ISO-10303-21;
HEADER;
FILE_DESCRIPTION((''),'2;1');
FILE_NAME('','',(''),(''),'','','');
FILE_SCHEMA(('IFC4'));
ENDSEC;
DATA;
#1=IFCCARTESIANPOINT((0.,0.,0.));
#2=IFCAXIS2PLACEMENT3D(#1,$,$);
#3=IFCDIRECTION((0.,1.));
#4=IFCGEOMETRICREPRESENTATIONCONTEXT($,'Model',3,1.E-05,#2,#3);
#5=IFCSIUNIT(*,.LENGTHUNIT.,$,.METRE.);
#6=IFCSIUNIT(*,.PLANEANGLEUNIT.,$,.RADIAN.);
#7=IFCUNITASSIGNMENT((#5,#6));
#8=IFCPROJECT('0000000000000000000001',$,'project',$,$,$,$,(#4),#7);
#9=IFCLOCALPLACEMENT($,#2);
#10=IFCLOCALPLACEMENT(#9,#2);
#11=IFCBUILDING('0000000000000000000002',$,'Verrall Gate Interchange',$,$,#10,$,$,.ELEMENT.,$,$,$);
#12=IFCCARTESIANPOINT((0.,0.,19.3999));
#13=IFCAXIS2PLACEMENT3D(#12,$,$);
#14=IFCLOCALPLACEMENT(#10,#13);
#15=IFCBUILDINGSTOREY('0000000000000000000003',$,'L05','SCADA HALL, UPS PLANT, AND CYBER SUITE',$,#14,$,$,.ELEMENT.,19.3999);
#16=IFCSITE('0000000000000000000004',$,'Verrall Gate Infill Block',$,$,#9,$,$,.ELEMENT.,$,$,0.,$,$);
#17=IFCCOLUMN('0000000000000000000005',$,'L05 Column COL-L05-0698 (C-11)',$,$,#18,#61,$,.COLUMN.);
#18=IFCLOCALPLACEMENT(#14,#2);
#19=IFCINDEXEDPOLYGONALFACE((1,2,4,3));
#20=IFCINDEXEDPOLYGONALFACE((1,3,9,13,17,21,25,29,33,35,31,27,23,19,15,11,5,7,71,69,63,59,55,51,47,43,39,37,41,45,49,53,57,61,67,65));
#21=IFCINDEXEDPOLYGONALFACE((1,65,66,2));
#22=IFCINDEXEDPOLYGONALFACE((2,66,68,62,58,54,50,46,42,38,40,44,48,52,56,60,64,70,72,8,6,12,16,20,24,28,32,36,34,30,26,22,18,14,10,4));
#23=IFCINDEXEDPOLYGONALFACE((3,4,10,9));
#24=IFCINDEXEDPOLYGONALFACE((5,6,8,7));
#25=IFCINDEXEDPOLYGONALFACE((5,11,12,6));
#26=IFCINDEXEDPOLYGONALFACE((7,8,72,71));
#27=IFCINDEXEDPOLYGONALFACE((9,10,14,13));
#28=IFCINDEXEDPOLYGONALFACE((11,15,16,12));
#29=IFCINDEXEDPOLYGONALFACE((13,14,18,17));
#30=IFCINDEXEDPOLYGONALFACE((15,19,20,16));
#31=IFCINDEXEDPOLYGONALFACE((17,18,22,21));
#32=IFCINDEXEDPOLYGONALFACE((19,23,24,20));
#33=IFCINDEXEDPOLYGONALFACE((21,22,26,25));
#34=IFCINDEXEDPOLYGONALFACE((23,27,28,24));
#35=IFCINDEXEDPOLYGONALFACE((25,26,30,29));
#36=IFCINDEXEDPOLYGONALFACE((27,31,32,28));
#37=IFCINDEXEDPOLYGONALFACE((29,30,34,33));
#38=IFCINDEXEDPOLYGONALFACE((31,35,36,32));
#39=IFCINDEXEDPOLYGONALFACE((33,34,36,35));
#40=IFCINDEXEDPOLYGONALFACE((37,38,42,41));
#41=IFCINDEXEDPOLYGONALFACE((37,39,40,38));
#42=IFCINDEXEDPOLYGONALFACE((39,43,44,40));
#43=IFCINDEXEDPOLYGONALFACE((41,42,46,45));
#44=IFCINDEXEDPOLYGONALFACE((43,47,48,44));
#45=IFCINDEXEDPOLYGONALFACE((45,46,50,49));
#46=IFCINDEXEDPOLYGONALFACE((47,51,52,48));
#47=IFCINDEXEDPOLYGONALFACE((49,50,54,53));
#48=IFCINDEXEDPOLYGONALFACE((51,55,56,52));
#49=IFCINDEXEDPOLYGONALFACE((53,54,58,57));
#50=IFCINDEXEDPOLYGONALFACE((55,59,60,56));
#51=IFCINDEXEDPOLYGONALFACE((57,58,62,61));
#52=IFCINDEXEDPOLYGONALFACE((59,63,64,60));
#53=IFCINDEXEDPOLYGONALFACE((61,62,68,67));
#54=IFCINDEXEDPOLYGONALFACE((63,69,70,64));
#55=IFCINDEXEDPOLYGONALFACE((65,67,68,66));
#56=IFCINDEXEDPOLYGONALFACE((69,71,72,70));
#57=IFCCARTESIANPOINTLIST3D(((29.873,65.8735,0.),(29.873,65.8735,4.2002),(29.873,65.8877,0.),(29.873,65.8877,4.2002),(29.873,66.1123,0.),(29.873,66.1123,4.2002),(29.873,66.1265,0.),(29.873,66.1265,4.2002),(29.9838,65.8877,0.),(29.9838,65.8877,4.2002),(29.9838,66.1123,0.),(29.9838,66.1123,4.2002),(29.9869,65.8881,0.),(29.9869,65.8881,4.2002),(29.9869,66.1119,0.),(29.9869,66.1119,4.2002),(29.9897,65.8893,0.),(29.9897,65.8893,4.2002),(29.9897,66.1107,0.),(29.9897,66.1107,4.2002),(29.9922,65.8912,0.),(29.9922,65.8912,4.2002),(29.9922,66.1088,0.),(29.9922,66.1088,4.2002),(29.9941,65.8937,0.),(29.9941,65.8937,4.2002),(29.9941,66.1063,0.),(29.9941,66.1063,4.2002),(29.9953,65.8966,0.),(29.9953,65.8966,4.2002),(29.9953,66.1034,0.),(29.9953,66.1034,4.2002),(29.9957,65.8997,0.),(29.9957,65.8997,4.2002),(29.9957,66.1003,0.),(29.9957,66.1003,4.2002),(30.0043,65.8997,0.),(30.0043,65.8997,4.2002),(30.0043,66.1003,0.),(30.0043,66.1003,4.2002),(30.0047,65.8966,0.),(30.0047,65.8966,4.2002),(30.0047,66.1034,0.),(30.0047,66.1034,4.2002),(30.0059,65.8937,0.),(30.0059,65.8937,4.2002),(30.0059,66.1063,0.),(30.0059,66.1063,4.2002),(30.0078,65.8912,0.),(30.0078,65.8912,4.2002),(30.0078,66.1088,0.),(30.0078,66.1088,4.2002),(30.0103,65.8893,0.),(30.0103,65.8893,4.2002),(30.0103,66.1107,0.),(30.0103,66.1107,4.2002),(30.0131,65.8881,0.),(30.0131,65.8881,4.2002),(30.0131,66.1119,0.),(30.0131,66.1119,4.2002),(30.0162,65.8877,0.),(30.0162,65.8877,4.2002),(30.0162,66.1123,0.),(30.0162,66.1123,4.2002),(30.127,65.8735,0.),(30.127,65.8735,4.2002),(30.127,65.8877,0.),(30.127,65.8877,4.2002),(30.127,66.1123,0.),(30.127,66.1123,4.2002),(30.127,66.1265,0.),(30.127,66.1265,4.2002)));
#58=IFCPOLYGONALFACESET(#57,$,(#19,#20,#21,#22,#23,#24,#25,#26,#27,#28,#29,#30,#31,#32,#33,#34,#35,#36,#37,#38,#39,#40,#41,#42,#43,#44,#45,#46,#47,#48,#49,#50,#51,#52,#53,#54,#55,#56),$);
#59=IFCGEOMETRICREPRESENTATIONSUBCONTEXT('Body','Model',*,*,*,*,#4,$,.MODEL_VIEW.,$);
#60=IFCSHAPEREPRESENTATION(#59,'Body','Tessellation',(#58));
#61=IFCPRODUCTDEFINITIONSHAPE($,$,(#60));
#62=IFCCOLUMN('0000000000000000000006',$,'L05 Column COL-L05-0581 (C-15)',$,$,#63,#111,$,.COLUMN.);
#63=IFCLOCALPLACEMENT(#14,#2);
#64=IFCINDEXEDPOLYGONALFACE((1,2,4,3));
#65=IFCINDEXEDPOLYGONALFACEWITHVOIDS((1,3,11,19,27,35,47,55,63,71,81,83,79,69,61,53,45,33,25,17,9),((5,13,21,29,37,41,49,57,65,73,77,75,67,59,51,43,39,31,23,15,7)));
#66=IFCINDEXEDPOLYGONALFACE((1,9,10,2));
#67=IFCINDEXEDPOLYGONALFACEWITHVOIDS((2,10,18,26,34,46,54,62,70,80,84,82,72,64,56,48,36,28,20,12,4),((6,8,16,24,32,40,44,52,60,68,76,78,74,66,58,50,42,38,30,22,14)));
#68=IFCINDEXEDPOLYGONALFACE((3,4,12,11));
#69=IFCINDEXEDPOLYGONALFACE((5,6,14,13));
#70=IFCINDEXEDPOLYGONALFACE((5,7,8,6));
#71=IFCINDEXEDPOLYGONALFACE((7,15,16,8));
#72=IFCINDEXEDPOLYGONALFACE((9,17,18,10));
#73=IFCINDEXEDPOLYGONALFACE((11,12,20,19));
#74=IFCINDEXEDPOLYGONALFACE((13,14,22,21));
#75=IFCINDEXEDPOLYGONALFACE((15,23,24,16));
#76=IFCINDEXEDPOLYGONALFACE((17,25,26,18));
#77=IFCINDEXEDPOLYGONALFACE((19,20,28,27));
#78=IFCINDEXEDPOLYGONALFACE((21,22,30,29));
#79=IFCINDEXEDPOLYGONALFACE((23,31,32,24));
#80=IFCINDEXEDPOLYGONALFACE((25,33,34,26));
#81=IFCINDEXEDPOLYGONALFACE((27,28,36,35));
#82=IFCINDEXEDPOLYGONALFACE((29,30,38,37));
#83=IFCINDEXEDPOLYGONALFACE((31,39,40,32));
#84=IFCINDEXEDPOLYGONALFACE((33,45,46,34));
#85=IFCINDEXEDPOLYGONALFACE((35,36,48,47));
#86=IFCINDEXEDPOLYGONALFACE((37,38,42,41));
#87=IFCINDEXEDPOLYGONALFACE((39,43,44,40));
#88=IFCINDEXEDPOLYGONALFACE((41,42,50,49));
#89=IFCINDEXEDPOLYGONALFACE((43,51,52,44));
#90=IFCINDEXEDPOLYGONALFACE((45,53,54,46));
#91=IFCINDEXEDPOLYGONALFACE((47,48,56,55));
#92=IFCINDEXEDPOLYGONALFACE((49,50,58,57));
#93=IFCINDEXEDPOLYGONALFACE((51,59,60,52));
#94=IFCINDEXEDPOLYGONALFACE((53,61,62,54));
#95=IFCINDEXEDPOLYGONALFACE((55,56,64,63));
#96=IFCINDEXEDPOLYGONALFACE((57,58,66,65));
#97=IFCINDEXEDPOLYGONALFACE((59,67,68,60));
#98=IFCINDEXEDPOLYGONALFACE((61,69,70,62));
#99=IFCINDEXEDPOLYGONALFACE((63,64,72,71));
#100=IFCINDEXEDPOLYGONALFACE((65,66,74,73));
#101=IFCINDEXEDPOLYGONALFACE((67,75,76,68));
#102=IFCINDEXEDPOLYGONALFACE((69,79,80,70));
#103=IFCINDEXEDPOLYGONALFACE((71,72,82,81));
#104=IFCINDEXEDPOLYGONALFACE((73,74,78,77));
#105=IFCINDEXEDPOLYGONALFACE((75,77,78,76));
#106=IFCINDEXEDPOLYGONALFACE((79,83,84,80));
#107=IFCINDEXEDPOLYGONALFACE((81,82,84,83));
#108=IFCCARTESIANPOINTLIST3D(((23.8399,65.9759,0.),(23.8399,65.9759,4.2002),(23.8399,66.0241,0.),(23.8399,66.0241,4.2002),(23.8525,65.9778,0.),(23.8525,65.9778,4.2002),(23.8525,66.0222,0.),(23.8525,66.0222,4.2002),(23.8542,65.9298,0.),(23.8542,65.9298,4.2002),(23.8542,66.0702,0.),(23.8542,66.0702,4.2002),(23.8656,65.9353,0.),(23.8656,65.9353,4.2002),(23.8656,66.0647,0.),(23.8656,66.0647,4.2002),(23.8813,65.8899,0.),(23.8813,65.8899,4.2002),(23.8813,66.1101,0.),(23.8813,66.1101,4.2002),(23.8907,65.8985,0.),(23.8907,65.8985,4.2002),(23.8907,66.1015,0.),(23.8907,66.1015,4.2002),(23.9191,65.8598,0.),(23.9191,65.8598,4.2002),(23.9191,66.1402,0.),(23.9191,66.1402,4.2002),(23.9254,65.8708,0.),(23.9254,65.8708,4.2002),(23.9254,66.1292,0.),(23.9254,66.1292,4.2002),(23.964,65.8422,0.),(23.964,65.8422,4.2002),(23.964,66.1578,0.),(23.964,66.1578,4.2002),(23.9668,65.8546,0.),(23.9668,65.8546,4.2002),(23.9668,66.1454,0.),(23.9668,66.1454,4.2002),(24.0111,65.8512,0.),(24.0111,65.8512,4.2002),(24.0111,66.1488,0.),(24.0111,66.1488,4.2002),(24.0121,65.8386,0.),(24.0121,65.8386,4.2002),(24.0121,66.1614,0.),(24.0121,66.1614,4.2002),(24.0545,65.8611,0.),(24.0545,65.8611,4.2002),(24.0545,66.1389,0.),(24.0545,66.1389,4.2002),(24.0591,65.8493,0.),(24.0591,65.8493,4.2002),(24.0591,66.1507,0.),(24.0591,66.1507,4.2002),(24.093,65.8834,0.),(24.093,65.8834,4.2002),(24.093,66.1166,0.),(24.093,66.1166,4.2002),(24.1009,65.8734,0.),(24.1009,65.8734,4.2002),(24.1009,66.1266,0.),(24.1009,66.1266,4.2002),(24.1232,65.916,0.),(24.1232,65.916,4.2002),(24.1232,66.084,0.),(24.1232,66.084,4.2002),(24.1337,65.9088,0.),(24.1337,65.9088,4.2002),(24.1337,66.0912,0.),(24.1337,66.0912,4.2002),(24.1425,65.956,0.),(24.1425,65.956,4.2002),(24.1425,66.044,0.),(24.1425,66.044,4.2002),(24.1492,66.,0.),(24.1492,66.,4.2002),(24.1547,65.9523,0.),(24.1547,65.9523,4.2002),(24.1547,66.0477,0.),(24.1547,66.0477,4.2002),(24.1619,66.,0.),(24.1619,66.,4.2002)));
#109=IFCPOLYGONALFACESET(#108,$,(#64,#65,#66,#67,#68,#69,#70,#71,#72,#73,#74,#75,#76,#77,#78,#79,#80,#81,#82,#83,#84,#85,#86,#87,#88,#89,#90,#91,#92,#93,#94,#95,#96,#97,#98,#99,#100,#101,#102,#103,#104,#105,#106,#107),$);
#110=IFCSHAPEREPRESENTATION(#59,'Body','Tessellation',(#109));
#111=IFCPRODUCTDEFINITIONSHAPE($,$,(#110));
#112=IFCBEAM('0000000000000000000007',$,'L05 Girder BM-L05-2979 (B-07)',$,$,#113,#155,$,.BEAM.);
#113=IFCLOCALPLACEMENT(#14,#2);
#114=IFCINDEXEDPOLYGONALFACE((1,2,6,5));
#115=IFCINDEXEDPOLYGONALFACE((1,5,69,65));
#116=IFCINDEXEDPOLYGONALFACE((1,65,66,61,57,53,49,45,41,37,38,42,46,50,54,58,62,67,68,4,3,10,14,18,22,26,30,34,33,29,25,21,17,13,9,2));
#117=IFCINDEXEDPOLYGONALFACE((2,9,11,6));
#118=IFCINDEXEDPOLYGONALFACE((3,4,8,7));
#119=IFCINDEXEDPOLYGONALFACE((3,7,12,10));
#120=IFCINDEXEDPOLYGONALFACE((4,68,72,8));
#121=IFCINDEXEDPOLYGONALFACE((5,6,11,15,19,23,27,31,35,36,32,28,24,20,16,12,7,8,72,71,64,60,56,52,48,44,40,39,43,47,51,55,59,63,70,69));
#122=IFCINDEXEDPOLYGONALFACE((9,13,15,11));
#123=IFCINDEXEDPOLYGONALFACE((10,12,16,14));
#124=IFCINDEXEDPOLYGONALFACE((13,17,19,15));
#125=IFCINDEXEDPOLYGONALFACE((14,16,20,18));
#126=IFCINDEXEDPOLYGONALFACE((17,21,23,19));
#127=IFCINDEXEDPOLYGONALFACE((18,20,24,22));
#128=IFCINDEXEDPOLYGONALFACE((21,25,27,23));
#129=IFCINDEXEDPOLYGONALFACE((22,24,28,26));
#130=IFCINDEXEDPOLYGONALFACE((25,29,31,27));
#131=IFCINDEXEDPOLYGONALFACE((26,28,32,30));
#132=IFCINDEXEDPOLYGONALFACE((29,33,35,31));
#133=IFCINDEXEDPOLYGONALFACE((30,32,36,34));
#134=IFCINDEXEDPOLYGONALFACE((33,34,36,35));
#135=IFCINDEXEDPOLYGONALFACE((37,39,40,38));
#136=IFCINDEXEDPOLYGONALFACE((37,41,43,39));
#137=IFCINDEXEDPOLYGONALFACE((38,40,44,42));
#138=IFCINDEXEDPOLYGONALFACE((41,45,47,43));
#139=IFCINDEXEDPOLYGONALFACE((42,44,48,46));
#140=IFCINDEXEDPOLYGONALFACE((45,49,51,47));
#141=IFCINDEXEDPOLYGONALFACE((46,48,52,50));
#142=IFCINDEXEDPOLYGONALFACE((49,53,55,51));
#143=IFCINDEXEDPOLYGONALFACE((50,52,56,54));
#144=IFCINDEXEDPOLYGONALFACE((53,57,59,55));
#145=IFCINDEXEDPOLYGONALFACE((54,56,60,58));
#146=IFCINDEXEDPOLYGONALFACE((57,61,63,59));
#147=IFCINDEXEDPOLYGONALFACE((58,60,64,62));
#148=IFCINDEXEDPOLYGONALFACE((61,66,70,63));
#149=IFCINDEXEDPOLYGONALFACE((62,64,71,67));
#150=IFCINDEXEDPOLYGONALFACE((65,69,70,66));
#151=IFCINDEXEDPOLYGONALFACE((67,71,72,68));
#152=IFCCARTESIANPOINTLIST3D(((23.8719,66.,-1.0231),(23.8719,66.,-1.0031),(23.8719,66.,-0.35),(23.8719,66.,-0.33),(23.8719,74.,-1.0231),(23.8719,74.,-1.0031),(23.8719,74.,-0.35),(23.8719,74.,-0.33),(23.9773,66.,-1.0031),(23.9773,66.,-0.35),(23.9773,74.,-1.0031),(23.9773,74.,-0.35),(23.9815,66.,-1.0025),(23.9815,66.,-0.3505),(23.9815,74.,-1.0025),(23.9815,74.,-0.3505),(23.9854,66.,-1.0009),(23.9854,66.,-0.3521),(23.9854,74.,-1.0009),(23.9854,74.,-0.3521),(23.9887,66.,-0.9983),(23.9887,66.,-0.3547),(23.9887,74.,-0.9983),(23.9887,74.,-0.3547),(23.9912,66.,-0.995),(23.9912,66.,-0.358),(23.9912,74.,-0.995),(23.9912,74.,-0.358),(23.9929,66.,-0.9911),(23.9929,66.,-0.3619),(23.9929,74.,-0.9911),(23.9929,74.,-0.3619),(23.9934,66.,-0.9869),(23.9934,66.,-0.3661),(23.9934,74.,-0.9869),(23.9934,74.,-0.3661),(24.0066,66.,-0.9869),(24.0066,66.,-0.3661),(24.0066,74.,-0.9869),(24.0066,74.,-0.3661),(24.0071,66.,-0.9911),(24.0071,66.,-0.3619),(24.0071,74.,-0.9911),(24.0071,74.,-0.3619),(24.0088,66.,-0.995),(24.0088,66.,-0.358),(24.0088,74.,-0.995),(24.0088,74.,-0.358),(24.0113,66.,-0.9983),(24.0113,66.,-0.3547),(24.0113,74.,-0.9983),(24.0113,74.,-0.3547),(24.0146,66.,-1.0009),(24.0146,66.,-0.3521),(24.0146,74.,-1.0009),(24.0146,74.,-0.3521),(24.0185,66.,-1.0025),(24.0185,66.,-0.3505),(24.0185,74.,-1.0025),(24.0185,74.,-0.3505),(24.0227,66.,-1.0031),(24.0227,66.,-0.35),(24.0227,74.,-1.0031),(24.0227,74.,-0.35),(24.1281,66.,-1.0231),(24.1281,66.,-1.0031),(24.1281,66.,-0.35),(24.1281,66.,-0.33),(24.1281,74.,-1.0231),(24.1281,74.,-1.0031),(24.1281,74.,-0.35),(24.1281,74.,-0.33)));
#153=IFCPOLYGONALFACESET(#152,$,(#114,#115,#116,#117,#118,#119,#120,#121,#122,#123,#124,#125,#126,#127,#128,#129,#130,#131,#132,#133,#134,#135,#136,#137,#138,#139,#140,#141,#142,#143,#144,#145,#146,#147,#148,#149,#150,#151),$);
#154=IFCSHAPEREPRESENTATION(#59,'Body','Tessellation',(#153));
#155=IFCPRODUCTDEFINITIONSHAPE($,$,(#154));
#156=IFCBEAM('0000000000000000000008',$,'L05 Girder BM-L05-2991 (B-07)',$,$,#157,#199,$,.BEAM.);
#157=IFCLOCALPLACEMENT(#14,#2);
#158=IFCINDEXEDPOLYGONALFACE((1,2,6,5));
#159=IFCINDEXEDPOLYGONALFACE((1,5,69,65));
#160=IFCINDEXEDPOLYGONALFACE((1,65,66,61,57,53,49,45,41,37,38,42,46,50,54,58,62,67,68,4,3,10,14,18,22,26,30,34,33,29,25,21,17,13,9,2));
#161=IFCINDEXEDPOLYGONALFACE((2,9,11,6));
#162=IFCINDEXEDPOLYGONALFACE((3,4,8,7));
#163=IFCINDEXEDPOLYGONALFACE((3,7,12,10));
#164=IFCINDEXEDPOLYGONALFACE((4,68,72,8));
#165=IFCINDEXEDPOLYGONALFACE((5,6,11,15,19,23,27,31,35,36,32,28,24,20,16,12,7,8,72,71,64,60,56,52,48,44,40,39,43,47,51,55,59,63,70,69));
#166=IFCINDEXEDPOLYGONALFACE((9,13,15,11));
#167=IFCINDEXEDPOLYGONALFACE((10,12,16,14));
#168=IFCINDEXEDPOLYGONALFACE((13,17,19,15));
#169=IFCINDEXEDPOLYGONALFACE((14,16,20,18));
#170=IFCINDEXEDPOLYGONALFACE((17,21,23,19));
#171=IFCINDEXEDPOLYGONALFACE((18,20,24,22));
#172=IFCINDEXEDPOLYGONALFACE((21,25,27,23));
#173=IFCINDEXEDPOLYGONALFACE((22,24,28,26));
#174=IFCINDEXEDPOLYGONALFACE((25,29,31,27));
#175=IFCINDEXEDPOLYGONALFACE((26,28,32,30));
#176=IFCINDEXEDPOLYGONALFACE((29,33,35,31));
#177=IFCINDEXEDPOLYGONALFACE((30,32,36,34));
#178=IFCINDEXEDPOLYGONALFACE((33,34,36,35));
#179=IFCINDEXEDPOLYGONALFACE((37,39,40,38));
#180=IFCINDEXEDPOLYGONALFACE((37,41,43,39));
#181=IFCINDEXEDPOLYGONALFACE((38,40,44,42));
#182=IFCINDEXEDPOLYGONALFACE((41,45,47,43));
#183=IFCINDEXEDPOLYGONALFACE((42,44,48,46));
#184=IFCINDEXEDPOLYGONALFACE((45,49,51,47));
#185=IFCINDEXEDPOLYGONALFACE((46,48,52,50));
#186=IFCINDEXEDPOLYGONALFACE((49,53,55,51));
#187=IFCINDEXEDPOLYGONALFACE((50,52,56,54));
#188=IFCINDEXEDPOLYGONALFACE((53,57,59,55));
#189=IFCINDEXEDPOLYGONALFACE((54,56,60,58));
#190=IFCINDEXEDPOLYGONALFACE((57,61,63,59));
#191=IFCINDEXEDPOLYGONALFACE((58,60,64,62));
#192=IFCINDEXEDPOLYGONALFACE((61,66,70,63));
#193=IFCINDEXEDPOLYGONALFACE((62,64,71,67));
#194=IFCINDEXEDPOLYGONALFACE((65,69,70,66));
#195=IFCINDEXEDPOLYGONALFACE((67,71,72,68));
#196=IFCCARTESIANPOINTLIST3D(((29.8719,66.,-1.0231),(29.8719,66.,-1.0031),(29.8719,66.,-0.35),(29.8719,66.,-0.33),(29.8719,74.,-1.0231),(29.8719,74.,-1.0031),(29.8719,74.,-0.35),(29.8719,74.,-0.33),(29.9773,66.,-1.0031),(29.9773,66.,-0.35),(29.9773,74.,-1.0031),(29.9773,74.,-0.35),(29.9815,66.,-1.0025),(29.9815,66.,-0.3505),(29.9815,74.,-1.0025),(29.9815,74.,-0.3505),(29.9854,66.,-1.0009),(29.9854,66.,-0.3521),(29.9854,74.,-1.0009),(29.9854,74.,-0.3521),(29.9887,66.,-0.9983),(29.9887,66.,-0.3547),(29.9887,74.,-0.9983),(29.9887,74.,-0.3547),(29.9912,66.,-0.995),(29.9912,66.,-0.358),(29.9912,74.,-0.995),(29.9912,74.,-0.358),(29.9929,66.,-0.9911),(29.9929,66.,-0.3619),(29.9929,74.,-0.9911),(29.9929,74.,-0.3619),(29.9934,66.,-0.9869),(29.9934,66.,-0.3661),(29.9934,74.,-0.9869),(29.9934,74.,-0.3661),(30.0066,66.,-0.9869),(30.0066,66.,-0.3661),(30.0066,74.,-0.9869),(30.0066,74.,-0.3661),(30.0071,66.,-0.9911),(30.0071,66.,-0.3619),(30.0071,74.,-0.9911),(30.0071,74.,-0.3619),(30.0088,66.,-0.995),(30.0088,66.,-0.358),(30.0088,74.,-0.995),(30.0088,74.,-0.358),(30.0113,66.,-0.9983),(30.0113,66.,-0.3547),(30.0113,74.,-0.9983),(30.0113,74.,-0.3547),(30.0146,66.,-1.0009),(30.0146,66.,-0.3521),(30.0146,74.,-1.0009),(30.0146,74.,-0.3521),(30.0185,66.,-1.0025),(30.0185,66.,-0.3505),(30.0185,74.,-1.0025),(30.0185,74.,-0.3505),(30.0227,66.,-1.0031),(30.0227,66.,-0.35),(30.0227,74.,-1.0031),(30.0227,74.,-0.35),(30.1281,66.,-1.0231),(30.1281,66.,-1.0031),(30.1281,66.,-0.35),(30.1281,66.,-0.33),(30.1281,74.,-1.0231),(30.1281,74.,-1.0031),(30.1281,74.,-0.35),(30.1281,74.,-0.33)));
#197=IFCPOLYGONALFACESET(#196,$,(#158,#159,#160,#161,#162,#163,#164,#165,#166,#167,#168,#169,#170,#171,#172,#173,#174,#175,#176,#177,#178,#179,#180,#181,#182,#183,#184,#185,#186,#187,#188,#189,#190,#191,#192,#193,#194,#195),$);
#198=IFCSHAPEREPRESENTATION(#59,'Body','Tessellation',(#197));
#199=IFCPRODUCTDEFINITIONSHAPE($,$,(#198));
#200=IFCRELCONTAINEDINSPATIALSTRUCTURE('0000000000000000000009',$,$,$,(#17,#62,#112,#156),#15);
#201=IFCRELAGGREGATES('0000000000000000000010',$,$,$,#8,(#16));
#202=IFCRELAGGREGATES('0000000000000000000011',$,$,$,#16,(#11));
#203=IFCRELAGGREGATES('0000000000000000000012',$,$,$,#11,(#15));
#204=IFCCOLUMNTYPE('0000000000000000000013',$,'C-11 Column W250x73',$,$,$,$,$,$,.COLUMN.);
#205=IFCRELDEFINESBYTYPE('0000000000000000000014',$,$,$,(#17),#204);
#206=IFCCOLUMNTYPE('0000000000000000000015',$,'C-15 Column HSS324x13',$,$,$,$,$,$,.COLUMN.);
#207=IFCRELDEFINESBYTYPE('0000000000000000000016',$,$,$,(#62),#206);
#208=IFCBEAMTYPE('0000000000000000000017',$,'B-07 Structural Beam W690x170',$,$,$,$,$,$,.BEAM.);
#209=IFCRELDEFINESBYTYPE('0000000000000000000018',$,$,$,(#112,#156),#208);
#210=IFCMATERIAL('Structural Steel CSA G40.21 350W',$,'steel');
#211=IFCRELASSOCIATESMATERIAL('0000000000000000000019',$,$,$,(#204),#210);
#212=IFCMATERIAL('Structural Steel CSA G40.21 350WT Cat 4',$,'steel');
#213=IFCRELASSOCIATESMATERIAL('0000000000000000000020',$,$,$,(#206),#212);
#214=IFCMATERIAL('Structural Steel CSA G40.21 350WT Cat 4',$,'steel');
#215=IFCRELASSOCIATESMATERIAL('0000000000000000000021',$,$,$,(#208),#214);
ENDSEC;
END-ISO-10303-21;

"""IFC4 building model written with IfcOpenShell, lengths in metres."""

from ifc_helpers import new_model, si_unit, direction, frame, origin, origin_2d, place, context, subcontext, project, spatial, hollow_circle, i_section, extrude, material, material_profile, profile_set, type_object, element, save


model = new_model("IFC4")

# Units and contexts
model_context = context("Model", 3, precision=1e-05, world=origin(), true_north=direction((0.0, 1.0)))
body_context = subcontext(model_context, "Body", "Model", "MODEL_VIEW")
ifc_project = project(units=[si_unit("LENGTHUNIT", "METRE"), si_unit("PLANEANGLEUNIT", "RADIAN")], contexts=[model_context])

# Site, building, storey
site_placement = place(None, origin())
site = spatial("IfcSite", under=ifc_project, at=site_placement, Name="Verrall Gate Infill Block", CompositionType="ELEMENT", RefElevation=0.0)
building_placement = place(site_placement, origin())
building = spatial("IfcBuilding", under=site, at=building_placement, Name="Verrall Gate Interchange", CompositionType="ELEMENT")
storey_placement = place(building_placement, frame((0.0, 0.0, 19.3999)))
storey = spatial("IfcBuildingStorey", under=building, at=storey_placement, Name="L05", Description="SCADA HALL, UPS PLANT, AND CYBER SUITE", CompositionType="ELEMENT", Elevation=19.3999)

# Columns
ifc_material_1 = material(Name="Structural Steel CSA G40.21 350W", Category="steel")
ifc_material_profile_1 = material_profile(ifc_material_1, i_section(OverallWidth=0.2539, OverallDepth=0.2529, WebThickness=0.0085, FlangeThickness=0.0142, FilletRadius=0.012, at=origin_2d()), Name="W250x73")
ifc_profile_set_1 = profile_set([ifc_material_profile_1], Name="Structural Steel CSA G40.21 350W")
column_type_1 = type_object("IfcColumnType", Name="C-11 Column W250x73", PredefinedType="COLUMN", material=ifc_profile_set_1)
column_1_placement = place(storey_placement, frame((30.0, 66.0, 0.0), z_axis=(0.0, 0.0, 1.0), x_axis=(1.0, 0.0, 0.0)))
element("IfcColumn", 1, at=column_1_placement, inside=storey, type_object=column_type_1, Name="L05 Column COL-L05-0698 (C-11)", PredefinedType="COLUMN", context=body_context, shape_type="SweptSolid", body=[
    extrude(i_section(OverallWidth=0.2539, OverallDepth=0.2529, WebThickness=0.0085, FlangeThickness=0.0142, FilletRadius=0.012, at=origin_2d()), origin(), (0.0, 0.0, 1.0), 4.2002),
])
ifc_material_2 = material(Name="Structural Steel CSA G40.21 350WT Cat 4", Category="steel")
ifc_material_profile_2 = material_profile(ifc_material_2, hollow_circle(Radius=0.1619, WallThickness=0.0127, at=origin_2d()), Name="HSS324x13")
ifc_profile_set_2 = profile_set([ifc_material_profile_2], Name="Structural Steel CSA G40.21 350WT Cat 4")
column_type_2 = type_object("IfcColumnType", Name="C-15 Column HSS324x13", PredefinedType="COLUMN", material=ifc_profile_set_2)
column_2_placement = place(storey_placement, frame((24.0, 66.0, 0.0), z_axis=(0.0, 0.0, 1.0), x_axis=(1.0, 0.0, 0.0)))
element("IfcColumn", 2, at=column_2_placement, inside=storey, type_object=column_type_2, Name="L05 Column COL-L05-0581 (C-15)", PredefinedType="COLUMN", context=body_context, shape_type="SweptSolid", body=[
    extrude(hollow_circle(Radius=0.1619, WallThickness=0.0127, at=origin_2d()), origin(), (0.0, 0.0, 1.0), 4.2002),
])

# Beams
ifc_material_3 = material(Name="Structural Steel CSA G40.21 350WT Cat 4", Category="steel")
ifc_material_profile_3 = material_profile(ifc_material_3, i_section(OverallWidth=0.2561, OverallDepth=0.6931, WebThickness=0.0132, FlangeThickness=0.02, FilletRadius=0.0161, at=origin_2d()), Name="W690x170")
ifc_profile_set_3 = profile_set([ifc_material_profile_3], Name="Structural Steel CSA G40.21 350WT Cat 4")
beam_type_1 = type_object("IfcBeamType", Name="B-07 Structural Beam W690x170", PredefinedType="BEAM", material=ifc_profile_set_3)
for number, where, z_axis, x_axis, name in (
    (3, (24.0, 66.0, -0.6765), (0.0, 1.0, 0.0), (-1.0, 0.0, 0.0), "L05 Girder BM-L05-2979 (B-07)"),
    (4, (30.0, 66.0, -0.6765), (0.0, 1.0, 0.0), (-1.0, 0.0, 0.0), "L05 Girder BM-L05-2991 (B-07)"),
):
    element("IfcBeam", number, at=place(storey_placement, frame(where, z_axis=z_axis, x_axis=x_axis)), inside=storey, type_object=beam_type_1, Name=name, PredefinedType="BEAM", context=body_context, shape_type="SweptSolid", body=[
        extrude(i_section(OverallWidth=0.2561, OverallDepth=0.6931, WebThickness=0.0132, FlangeThickness=0.02, FilletRadius=0.0161, at=origin_2d()), origin(), (0.0, 0.0, 1.0), 8.0),
    ])

save(model, "model.ifc")
